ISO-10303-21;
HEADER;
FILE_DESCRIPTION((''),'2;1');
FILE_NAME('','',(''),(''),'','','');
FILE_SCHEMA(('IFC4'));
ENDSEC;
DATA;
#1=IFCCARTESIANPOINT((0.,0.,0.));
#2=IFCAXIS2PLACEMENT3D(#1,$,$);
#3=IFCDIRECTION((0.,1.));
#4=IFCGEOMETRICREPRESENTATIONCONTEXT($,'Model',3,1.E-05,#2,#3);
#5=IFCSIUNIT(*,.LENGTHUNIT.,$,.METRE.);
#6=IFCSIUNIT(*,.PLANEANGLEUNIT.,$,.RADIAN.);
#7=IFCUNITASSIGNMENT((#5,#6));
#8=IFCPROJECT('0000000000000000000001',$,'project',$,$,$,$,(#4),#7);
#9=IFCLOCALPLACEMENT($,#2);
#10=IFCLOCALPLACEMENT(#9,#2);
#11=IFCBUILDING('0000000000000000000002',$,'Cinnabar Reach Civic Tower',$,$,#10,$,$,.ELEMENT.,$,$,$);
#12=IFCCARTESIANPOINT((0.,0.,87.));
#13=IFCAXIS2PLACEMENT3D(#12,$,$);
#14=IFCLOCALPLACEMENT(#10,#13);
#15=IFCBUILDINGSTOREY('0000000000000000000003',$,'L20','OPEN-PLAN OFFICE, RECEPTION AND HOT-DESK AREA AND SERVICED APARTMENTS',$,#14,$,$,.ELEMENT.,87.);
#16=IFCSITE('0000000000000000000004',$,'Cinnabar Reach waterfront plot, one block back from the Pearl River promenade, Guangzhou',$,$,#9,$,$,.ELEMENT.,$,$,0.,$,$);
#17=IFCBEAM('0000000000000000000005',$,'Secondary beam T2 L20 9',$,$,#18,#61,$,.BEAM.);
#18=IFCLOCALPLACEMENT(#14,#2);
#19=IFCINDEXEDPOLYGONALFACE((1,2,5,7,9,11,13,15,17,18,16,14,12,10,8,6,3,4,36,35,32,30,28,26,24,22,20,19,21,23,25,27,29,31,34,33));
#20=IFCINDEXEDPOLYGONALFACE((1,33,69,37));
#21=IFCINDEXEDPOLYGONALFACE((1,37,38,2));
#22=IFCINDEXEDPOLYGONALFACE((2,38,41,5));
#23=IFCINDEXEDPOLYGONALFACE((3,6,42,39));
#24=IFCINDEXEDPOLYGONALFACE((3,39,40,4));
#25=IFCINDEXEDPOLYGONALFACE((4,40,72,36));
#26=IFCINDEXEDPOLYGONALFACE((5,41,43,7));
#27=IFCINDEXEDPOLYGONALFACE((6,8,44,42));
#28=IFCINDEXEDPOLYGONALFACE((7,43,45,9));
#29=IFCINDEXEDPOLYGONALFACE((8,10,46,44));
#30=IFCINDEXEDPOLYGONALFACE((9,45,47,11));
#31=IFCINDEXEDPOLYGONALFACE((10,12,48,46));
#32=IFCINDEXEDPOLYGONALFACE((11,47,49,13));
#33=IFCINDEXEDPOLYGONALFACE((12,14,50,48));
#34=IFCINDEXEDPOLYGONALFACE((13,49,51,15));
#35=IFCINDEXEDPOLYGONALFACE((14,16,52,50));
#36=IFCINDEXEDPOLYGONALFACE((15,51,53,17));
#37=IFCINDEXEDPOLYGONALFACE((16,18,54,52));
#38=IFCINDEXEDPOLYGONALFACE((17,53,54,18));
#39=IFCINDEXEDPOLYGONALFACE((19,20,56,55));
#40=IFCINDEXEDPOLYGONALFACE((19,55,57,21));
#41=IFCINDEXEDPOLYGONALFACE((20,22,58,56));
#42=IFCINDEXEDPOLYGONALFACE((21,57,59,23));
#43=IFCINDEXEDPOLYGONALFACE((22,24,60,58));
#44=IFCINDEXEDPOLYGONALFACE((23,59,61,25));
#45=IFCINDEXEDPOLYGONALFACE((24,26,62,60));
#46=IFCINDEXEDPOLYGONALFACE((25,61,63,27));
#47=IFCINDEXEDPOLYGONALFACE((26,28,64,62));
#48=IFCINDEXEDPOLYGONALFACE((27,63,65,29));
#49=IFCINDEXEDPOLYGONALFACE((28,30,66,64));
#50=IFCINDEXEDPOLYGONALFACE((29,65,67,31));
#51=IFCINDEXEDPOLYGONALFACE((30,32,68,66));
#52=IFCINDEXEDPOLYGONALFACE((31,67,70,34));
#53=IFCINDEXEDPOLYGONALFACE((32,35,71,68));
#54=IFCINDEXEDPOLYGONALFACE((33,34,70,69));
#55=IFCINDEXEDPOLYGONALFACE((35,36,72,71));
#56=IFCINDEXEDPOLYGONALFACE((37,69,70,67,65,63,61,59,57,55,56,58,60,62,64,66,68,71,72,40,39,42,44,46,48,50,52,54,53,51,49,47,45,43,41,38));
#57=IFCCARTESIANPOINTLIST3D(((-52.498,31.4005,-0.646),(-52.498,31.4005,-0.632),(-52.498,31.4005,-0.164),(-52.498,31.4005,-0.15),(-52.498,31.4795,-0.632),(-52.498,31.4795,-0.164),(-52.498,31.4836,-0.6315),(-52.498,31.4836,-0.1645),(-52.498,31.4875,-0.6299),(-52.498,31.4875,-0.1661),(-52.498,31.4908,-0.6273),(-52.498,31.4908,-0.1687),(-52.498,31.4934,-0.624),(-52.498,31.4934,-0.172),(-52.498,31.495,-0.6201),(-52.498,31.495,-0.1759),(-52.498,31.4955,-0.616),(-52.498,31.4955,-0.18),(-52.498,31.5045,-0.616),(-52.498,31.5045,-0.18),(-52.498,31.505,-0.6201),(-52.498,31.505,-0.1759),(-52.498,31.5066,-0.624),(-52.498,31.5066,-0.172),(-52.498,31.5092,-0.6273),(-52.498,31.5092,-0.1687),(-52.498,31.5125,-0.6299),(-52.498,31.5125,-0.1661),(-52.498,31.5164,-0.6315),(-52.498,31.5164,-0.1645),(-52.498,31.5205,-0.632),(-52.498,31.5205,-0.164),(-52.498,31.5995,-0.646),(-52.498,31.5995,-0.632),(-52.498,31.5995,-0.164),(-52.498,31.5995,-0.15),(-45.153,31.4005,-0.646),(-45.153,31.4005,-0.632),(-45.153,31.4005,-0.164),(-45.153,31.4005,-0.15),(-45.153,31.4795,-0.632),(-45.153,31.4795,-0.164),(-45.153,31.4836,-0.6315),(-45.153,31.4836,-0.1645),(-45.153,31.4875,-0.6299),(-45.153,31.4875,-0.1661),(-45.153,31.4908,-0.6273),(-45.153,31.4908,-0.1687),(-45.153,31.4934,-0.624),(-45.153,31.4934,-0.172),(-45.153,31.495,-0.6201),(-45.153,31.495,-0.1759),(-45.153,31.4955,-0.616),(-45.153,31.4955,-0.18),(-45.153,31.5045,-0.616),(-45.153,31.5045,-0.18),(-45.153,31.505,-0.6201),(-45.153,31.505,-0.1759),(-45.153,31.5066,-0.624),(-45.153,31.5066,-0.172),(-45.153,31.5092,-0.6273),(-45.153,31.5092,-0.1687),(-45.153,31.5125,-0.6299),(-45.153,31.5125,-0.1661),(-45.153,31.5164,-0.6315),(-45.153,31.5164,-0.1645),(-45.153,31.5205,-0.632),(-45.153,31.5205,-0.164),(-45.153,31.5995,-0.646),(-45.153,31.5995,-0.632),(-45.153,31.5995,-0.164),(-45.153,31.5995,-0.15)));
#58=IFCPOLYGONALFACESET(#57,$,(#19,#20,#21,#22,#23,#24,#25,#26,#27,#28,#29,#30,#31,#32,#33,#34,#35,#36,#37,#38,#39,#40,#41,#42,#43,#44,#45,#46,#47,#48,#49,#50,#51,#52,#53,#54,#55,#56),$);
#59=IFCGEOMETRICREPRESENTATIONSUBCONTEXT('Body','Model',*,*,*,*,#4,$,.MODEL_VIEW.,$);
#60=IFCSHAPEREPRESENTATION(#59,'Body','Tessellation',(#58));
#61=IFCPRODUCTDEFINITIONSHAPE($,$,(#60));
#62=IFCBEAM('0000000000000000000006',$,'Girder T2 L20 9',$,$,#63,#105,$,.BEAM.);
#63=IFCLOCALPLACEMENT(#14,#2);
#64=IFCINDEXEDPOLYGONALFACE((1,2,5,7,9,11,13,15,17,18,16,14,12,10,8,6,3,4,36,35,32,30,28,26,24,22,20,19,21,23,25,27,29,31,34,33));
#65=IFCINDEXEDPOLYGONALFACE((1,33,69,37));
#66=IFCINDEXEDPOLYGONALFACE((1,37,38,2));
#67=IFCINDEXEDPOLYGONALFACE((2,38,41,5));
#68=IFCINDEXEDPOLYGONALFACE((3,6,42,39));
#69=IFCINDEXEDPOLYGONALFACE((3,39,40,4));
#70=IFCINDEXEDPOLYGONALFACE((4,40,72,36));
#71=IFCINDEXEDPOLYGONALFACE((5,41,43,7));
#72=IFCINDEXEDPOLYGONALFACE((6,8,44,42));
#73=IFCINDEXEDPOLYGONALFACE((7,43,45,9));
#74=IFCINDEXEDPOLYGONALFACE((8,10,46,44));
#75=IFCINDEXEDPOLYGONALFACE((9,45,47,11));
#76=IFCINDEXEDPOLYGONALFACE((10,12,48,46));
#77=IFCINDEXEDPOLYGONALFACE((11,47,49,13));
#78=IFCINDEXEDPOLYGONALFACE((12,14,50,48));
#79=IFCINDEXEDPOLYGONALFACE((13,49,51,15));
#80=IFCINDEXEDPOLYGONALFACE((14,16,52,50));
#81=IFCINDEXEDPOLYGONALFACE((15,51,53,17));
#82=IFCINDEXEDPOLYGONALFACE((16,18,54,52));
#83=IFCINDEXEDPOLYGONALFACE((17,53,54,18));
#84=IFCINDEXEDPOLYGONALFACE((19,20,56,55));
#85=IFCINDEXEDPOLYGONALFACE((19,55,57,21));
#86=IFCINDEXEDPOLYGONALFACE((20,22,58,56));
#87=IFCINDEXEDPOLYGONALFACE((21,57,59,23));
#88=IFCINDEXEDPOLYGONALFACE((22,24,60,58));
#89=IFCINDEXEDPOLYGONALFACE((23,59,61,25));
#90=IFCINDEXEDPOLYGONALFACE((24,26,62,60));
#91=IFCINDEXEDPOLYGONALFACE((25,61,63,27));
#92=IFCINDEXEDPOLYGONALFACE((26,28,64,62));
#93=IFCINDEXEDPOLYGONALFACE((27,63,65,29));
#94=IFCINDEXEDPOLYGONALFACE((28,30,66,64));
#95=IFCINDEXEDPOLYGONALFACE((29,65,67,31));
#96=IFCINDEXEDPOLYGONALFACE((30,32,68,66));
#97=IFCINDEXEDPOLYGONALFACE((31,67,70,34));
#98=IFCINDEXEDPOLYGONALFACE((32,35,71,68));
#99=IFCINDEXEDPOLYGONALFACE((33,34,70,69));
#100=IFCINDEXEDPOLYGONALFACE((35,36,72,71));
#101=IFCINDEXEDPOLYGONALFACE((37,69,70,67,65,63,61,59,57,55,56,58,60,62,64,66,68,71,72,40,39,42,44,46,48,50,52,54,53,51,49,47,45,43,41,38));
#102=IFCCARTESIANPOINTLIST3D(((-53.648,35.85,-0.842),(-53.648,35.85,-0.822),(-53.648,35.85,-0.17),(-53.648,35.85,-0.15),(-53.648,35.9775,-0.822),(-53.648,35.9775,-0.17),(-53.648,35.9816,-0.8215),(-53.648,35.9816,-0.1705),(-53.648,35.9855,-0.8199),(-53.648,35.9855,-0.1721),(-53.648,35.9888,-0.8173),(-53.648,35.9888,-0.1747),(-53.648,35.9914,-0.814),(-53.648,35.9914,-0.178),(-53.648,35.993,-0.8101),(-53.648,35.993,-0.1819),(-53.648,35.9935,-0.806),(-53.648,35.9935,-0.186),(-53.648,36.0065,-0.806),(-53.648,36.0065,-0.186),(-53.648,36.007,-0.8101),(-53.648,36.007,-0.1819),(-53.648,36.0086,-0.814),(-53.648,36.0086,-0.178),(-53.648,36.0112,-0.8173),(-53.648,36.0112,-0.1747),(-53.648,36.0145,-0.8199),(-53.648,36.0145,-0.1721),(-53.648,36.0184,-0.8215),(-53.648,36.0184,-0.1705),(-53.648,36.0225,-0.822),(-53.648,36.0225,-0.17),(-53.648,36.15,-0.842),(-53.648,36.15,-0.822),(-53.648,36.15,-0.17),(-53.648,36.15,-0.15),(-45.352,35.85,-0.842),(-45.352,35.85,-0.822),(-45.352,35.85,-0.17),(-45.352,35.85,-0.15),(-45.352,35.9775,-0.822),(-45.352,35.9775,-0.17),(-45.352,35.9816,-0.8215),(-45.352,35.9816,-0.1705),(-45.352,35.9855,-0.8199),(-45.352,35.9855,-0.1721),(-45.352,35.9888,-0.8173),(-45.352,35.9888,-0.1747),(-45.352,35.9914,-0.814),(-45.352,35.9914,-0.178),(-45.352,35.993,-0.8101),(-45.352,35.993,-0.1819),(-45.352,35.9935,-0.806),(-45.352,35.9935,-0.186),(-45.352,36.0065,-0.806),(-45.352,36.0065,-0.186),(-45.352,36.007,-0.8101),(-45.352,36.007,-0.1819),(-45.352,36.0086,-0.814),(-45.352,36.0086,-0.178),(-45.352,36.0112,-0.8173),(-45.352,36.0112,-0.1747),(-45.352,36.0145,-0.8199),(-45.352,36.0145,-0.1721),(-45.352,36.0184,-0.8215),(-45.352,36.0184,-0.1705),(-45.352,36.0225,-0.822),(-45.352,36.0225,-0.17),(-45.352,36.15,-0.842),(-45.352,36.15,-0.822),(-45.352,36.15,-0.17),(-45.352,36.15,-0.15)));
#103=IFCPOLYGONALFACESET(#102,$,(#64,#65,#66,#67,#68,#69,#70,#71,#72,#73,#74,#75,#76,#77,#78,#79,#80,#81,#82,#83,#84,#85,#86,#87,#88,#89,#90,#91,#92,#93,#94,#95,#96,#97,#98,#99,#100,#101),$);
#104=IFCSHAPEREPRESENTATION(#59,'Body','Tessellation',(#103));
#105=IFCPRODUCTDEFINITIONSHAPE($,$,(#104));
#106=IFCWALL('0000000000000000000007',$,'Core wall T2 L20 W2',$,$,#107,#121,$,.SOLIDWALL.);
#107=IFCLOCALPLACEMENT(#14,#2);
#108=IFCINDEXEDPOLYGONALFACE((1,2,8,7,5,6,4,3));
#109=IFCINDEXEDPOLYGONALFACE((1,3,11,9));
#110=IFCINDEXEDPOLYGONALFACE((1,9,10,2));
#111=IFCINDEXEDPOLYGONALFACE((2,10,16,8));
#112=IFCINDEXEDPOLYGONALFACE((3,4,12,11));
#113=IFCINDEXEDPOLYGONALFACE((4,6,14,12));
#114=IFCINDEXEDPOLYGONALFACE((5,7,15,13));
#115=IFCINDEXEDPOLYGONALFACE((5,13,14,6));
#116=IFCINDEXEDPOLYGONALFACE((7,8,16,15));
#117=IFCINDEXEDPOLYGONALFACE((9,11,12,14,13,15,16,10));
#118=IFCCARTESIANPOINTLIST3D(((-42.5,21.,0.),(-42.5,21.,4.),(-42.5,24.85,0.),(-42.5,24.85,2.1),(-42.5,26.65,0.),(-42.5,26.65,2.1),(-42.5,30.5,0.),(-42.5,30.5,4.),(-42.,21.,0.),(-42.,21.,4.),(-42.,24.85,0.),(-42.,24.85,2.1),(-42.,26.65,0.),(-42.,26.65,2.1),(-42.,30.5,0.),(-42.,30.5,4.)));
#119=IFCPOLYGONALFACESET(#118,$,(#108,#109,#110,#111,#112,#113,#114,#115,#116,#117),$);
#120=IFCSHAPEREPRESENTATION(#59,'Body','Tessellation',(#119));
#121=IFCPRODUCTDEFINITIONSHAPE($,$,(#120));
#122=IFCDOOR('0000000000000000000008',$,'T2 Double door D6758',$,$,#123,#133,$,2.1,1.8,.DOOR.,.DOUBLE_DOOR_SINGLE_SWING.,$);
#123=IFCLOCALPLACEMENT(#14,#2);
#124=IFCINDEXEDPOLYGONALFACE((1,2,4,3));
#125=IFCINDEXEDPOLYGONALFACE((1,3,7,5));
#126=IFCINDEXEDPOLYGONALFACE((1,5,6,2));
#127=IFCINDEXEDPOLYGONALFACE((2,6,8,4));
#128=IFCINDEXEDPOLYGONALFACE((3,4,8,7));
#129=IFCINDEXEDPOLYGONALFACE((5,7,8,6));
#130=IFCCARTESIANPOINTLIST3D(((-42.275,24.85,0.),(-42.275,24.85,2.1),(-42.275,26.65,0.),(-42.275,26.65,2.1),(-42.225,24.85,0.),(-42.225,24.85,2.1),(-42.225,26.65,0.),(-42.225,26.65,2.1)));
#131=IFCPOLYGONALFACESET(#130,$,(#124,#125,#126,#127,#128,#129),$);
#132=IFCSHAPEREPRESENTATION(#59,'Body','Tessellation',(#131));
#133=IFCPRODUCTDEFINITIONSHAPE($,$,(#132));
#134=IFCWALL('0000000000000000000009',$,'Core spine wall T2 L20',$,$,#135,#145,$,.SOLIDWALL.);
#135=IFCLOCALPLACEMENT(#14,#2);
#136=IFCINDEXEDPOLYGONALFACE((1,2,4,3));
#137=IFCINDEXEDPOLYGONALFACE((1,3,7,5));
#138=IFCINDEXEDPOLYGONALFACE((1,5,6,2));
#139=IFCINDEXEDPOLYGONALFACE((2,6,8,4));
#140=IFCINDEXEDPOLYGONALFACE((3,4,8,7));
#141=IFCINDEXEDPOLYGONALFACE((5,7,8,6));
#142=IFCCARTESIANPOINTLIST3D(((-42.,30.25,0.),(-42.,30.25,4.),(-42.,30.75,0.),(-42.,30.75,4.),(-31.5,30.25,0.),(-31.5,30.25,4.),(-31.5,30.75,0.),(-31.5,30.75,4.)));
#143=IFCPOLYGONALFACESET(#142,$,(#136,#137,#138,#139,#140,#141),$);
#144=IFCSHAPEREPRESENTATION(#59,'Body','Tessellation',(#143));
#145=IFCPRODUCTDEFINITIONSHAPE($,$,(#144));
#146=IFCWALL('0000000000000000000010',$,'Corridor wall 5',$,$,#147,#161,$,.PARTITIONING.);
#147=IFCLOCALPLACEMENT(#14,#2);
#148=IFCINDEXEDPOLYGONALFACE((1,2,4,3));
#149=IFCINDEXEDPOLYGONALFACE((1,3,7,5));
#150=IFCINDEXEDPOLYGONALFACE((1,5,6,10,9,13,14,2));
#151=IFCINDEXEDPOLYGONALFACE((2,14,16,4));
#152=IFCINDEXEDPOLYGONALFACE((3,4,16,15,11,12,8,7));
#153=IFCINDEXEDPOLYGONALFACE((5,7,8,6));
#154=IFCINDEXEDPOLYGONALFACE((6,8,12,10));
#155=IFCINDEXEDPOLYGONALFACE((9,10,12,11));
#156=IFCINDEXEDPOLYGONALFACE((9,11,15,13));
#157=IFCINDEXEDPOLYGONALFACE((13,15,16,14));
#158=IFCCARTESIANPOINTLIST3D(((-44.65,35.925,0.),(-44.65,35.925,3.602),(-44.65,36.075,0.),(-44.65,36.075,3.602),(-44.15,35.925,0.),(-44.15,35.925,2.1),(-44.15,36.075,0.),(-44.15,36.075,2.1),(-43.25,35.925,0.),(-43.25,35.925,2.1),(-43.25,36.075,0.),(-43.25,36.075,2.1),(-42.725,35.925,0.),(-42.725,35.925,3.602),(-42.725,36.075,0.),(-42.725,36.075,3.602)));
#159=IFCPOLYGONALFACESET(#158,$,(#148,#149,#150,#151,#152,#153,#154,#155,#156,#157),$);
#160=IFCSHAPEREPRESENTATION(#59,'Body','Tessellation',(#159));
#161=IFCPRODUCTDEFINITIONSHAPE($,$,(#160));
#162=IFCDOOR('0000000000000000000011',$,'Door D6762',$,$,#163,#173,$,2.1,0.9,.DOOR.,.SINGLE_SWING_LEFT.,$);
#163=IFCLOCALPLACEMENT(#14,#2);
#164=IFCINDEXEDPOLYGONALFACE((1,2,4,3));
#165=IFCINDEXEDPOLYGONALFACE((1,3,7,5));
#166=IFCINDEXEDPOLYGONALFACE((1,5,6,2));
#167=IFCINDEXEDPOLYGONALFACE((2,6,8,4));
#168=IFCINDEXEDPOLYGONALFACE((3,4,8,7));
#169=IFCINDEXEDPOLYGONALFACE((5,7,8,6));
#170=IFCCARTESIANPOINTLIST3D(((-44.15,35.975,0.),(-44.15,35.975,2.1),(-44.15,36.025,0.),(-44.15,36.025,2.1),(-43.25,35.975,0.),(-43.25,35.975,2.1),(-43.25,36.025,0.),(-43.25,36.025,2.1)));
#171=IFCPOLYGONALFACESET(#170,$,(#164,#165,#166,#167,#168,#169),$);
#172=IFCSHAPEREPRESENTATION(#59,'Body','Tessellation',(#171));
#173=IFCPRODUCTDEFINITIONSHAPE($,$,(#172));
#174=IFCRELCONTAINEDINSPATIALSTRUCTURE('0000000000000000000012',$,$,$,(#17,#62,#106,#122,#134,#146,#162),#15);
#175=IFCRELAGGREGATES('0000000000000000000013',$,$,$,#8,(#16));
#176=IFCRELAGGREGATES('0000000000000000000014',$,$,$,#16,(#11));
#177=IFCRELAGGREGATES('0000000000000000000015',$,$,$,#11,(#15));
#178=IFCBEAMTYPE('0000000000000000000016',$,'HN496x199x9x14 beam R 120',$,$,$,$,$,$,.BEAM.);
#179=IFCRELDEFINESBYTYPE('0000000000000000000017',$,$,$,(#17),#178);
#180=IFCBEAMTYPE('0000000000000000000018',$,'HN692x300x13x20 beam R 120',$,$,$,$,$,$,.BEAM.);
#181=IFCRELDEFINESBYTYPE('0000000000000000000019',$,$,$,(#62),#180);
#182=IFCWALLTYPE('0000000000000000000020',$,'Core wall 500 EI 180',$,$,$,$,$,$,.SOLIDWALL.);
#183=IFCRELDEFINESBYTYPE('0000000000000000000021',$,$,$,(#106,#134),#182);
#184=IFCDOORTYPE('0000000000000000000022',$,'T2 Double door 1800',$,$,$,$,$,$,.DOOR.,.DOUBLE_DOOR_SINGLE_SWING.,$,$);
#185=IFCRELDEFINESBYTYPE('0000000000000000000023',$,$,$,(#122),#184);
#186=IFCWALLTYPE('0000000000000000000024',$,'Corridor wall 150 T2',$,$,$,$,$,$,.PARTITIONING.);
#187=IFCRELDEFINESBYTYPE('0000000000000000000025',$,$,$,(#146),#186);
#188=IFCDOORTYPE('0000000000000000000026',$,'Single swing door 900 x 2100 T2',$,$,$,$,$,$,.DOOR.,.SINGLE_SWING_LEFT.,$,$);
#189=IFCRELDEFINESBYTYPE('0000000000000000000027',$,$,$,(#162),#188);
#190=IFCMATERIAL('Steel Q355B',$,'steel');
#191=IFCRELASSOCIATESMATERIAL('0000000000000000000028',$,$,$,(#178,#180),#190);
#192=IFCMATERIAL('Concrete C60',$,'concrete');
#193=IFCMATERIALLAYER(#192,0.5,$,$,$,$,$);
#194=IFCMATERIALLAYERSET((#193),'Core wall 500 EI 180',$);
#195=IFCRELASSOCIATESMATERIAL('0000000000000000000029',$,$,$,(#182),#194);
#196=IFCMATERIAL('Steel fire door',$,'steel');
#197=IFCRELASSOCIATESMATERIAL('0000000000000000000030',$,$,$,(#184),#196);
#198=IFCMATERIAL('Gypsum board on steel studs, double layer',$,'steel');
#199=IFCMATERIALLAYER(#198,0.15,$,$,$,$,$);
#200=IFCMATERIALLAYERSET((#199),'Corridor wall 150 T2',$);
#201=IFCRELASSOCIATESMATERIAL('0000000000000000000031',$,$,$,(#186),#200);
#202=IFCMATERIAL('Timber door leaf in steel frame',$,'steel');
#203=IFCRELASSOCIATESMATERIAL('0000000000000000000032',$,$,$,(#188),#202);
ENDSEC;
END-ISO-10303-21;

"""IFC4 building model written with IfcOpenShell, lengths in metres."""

from ifc_helpers import new_model, si_unit, direction, frame, frame_2d, origin, origin_2d, place, context, subcontext, project, spatial, rectangle, i_section, extrude, material, layer, layer_set, material_profile, profile_set, type_object, element, fill, save


model = new_model("IFC4")

# Units and contexts
model_context = context("Model", 3, precision=1e-05, world=origin(), true_north=direction((0.0, 1.0)))
body_context = subcontext(model_context, "Body", "Model", "MODEL_VIEW")
ifc_project = project(units=[si_unit("LENGTHUNIT", "METRE"), si_unit("PLANEANGLEUNIT", "RADIAN")], contexts=[model_context])

# Site, building, storey
site_placement = place(None, origin())
site = spatial("IfcSite", under=ifc_project, at=site_placement, Name="Cinnabar Reach waterfront plot, one block back from the Pearl River promenade, Guangzhou", CompositionType="ELEMENT", RefElevation=0.0)
building_placement = place(site_placement, origin())
building = spatial("IfcBuilding", under=site, at=building_placement, Name="Cinnabar Reach Civic Tower", CompositionType="ELEMENT")
storey_placement = place(building_placement, frame((0.0, 0.0, 87.0)))
storey = spatial("IfcBuildingStorey", under=building, at=storey_placement, Name="L20", Description="OPEN-PLAN OFFICE, RECEPTION AND HOT-DESK AREA AND SERVICED APARTMENTS", CompositionType="ELEMENT", Elevation=87.0)

# Shared definitions
ifc_material_1 = material(Name="Concrete C60", Category="concrete")

# Beams
ifc_material_2 = material(Name="Steel Q355B", Category="steel")
ifc_material_profile_1 = material_profile(ifc_material_2, i_section(OverallWidth=0.199, OverallDepth=0.496, WebThickness=0.009, FlangeThickness=0.014, FilletRadius=0.016, at=origin_2d()), Name="HN496x199x9x14")
ifc_profile_set_1 = profile_set([ifc_material_profile_1], Name="Steel Q355B")
beam_type_1 = type_object("IfcBeamType", Name="HN496x199x9x14 beam R 120", PredefinedType="BEAM", material=ifc_profile_set_1)
beam_1_placement = place(storey_placement, frame((-52.498, 31.5, -0.398), z_axis=(1.0, 0.0, 0.0), x_axis=(0.0, 1.0, 0.0)))
element("IfcBeam", 1, at=beam_1_placement, inside=storey, type_object=beam_type_1, Name="Secondary beam T2 L20 9", PredefinedType="BEAM", context=body_context, shape_type="SweptSolid", body=[
    extrude(i_section(OverallWidth=0.199, OverallDepth=0.496, WebThickness=0.009, FlangeThickness=0.014, FilletRadius=0.016, at=origin_2d()), origin(), (0.0, 0.0, 1.0), 7.345),
])
ifc_material_profile_2 = material_profile(ifc_material_2, i_section(OverallWidth=0.3, OverallDepth=0.692, WebThickness=0.013, FlangeThickness=0.02, FilletRadius=0.016, at=origin_2d()), Name="HN692x300x13x20")
ifc_profile_set_2 = profile_set([ifc_material_profile_2], Name="Steel Q355B")
beam_type_2 = type_object("IfcBeamType", Name="HN692x300x13x20 beam R 120", PredefinedType="BEAM", material=ifc_profile_set_2)
beam_2_placement = place(storey_placement, frame((-53.648, 36.0, -0.496), z_axis=(1.0, 0.0, 0.0), x_axis=(0.0, 1.0, 0.0)))
element("IfcBeam", 2, at=beam_2_placement, inside=storey, type_object=beam_type_2, Name="Girder T2 L20 9", PredefinedType="BEAM", context=body_context, shape_type="SweptSolid", body=[
    extrude(i_section(OverallWidth=0.3, OverallDepth=0.692, WebThickness=0.013, FlangeThickness=0.02, FilletRadius=0.016, at=origin_2d()), origin(), (0.0, 0.0, 1.0), 8.296),
])

# Wall, opening, door
ifc_layer_1 = layer(ifc_material_1, 0.5)
ifc_layer_set_1 = layer_set([ifc_layer_1], Name="Core wall 500 EI 180")
wall_type_1 = type_object("IfcWallType", Name="Core wall 500 EI 180", PredefinedType="SOLIDWALL", material=ifc_layer_set_1)
wall_1_placement = place(storey_placement, frame((-42.25, 30.5, 0.0), z_axis=(0.0, 0.0, 1.0), x_axis=(0.0, -1.0, 0.0)))
wall_1 = element("IfcWall", 3, at=wall_1_placement, inside=storey, type_object=wall_type_1, Name="Core wall T2 L20 W2", PredefinedType="SOLIDWALL", context=body_context, shape_type="SweptSolid", body=[
    extrude(rectangle(XDim=9.5, YDim=0.5, at=frame_2d((4.75, 0.0))), origin(), (0.0, 0.0, 1.0), 4.0),
])
opening_1_placement = place(wall_1_placement, frame((3.85, 0.0, 0.0)))
opening_1 = element("IfcOpeningElement", 4, at=opening_1_placement, cuts=wall_1, PredefinedType="OPENING", context=body_context, shape_type="SweptSolid", body=[
    extrude(rectangle(XDim=1.8, YDim=2.1, at=frame_2d((0.9, 1.05))), frame((0.0, 0.26, 0.0), z_axis=(0.0, -1.0, 0.0), x_axis=(1.0, 0.0, 0.0)), (0.0, 0.0, 1.0), 0.52),
])
ifc_material_3 = material(Name="Steel fire door", Category="steel")
door_type_1 = type_object("IfcDoorType", Name="T2 Double door 1800", OperationType="DOUBLE_DOOR_SINGLE_SWING", PredefinedType="DOOR", material=ifc_material_3)
door_1_placement = place(opening_1_placement, origin())
door_1 = element("IfcDoor", 5, at=door_1_placement, inside=storey, type_object=door_type_1, Name="T2 Double door D6758", OperationType="DOUBLE_DOOR_SINGLE_SWING", OverallHeight=2.1, OverallWidth=1.8, PredefinedType="DOOR", context=body_context, shape_type="SweptSolid", body=[
    extrude(rectangle(XDim=1.8, YDim=2.1, at=frame_2d((0.9, 1.05))), frame((0.0, 0.025, 0.0), z_axis=(0.0, -1.0, 0.0), x_axis=(1.0, 0.0, 0.0)), (0.0, 0.0, 1.0), 0.05),
])
fill(opening_1, door_1)

# Wall
wall_2_placement = place(storey_placement, frame((-42.0, 30.5, 0.0), z_axis=(0.0, 0.0, 1.0), x_axis=(1.0, 0.0, 0.0)))
element("IfcWall", 6, at=wall_2_placement, inside=storey, type_object=wall_type_1, Name="Core spine wall T2 L20", PredefinedType="SOLIDWALL", context=body_context, shape_type="SweptSolid", body=[
    extrude(rectangle(XDim=10.5, YDim=0.5, at=frame_2d((5.25, 0.0))), origin(), (0.0, 0.0, 1.0), 4.0),
])

# Wall, opening, door
ifc_material_4 = material(Name="Gypsum board on steel studs, double layer", Category="steel")
ifc_layer_2 = layer(ifc_material_4, 0.15)
ifc_layer_set_2 = layer_set([ifc_layer_2], Name="Corridor wall 150 T2")
wall_type_2 = type_object("IfcWallType", Name="Corridor wall 150 T2", PredefinedType="PARTITIONING", material=ifc_layer_set_2)
wall_3_placement = place(storey_placement, frame((-44.65, 36.0, 0.0), z_axis=(0.0, 0.0, 1.0), x_axis=(1.0, 0.0, 0.0)))
wall_3 = element("IfcWall", 7, at=wall_3_placement, inside=storey, type_object=wall_type_2, Name="Corridor wall 5", PredefinedType="PARTITIONING", context=body_context, shape_type="SweptSolid", body=[
    extrude(rectangle(XDim=1.925, YDim=0.15, at=frame_2d((0.9625, 0.0))), origin(), (0.0, 0.0, 1.0), 3.602),
])
opening_2_placement = place(wall_3_placement, frame((0.5, 0.0, 0.0)))
opening_2 = element("IfcOpeningElement", 8, at=opening_2_placement, cuts=wall_3, PredefinedType="OPENING", context=body_context, shape_type="SweptSolid", body=[
    extrude(rectangle(XDim=0.9, YDim=2.1, at=frame_2d((0.45, 1.05))), frame((0.0, 0.085, 0.0), z_axis=(0.0, -1.0, 0.0), x_axis=(1.0, 0.0, 0.0)), (0.0, 0.0, 1.0), 0.17),
])
ifc_material_5 = material(Name="Timber door leaf in steel frame", Category="steel")
door_type_2 = type_object("IfcDoorType", Name="Single swing door 900 x 2100 T2", OperationType="SINGLE_SWING_LEFT", PredefinedType="DOOR", material=ifc_material_5)
door_2_placement = place(opening_2_placement, origin())
door_2 = element("IfcDoor", 9, at=door_2_placement, inside=storey, type_object=door_type_2, Name="Door D6762", OperationType="SINGLE_SWING_LEFT", OverallHeight=2.1, OverallWidth=0.9, PredefinedType="DOOR", context=body_context, shape_type="SweptSolid", body=[
    extrude(rectangle(XDim=0.9, YDim=2.1, at=frame_2d((0.45, 1.05))), frame((0.0, 0.025, 0.0), z_axis=(0.0, -1.0, 0.0), x_axis=(1.0, 0.0, 0.0)), (0.0, 0.0, 1.0), 0.05),
])
fill(opening_2, door_2)

save(model, "model.ifc")
